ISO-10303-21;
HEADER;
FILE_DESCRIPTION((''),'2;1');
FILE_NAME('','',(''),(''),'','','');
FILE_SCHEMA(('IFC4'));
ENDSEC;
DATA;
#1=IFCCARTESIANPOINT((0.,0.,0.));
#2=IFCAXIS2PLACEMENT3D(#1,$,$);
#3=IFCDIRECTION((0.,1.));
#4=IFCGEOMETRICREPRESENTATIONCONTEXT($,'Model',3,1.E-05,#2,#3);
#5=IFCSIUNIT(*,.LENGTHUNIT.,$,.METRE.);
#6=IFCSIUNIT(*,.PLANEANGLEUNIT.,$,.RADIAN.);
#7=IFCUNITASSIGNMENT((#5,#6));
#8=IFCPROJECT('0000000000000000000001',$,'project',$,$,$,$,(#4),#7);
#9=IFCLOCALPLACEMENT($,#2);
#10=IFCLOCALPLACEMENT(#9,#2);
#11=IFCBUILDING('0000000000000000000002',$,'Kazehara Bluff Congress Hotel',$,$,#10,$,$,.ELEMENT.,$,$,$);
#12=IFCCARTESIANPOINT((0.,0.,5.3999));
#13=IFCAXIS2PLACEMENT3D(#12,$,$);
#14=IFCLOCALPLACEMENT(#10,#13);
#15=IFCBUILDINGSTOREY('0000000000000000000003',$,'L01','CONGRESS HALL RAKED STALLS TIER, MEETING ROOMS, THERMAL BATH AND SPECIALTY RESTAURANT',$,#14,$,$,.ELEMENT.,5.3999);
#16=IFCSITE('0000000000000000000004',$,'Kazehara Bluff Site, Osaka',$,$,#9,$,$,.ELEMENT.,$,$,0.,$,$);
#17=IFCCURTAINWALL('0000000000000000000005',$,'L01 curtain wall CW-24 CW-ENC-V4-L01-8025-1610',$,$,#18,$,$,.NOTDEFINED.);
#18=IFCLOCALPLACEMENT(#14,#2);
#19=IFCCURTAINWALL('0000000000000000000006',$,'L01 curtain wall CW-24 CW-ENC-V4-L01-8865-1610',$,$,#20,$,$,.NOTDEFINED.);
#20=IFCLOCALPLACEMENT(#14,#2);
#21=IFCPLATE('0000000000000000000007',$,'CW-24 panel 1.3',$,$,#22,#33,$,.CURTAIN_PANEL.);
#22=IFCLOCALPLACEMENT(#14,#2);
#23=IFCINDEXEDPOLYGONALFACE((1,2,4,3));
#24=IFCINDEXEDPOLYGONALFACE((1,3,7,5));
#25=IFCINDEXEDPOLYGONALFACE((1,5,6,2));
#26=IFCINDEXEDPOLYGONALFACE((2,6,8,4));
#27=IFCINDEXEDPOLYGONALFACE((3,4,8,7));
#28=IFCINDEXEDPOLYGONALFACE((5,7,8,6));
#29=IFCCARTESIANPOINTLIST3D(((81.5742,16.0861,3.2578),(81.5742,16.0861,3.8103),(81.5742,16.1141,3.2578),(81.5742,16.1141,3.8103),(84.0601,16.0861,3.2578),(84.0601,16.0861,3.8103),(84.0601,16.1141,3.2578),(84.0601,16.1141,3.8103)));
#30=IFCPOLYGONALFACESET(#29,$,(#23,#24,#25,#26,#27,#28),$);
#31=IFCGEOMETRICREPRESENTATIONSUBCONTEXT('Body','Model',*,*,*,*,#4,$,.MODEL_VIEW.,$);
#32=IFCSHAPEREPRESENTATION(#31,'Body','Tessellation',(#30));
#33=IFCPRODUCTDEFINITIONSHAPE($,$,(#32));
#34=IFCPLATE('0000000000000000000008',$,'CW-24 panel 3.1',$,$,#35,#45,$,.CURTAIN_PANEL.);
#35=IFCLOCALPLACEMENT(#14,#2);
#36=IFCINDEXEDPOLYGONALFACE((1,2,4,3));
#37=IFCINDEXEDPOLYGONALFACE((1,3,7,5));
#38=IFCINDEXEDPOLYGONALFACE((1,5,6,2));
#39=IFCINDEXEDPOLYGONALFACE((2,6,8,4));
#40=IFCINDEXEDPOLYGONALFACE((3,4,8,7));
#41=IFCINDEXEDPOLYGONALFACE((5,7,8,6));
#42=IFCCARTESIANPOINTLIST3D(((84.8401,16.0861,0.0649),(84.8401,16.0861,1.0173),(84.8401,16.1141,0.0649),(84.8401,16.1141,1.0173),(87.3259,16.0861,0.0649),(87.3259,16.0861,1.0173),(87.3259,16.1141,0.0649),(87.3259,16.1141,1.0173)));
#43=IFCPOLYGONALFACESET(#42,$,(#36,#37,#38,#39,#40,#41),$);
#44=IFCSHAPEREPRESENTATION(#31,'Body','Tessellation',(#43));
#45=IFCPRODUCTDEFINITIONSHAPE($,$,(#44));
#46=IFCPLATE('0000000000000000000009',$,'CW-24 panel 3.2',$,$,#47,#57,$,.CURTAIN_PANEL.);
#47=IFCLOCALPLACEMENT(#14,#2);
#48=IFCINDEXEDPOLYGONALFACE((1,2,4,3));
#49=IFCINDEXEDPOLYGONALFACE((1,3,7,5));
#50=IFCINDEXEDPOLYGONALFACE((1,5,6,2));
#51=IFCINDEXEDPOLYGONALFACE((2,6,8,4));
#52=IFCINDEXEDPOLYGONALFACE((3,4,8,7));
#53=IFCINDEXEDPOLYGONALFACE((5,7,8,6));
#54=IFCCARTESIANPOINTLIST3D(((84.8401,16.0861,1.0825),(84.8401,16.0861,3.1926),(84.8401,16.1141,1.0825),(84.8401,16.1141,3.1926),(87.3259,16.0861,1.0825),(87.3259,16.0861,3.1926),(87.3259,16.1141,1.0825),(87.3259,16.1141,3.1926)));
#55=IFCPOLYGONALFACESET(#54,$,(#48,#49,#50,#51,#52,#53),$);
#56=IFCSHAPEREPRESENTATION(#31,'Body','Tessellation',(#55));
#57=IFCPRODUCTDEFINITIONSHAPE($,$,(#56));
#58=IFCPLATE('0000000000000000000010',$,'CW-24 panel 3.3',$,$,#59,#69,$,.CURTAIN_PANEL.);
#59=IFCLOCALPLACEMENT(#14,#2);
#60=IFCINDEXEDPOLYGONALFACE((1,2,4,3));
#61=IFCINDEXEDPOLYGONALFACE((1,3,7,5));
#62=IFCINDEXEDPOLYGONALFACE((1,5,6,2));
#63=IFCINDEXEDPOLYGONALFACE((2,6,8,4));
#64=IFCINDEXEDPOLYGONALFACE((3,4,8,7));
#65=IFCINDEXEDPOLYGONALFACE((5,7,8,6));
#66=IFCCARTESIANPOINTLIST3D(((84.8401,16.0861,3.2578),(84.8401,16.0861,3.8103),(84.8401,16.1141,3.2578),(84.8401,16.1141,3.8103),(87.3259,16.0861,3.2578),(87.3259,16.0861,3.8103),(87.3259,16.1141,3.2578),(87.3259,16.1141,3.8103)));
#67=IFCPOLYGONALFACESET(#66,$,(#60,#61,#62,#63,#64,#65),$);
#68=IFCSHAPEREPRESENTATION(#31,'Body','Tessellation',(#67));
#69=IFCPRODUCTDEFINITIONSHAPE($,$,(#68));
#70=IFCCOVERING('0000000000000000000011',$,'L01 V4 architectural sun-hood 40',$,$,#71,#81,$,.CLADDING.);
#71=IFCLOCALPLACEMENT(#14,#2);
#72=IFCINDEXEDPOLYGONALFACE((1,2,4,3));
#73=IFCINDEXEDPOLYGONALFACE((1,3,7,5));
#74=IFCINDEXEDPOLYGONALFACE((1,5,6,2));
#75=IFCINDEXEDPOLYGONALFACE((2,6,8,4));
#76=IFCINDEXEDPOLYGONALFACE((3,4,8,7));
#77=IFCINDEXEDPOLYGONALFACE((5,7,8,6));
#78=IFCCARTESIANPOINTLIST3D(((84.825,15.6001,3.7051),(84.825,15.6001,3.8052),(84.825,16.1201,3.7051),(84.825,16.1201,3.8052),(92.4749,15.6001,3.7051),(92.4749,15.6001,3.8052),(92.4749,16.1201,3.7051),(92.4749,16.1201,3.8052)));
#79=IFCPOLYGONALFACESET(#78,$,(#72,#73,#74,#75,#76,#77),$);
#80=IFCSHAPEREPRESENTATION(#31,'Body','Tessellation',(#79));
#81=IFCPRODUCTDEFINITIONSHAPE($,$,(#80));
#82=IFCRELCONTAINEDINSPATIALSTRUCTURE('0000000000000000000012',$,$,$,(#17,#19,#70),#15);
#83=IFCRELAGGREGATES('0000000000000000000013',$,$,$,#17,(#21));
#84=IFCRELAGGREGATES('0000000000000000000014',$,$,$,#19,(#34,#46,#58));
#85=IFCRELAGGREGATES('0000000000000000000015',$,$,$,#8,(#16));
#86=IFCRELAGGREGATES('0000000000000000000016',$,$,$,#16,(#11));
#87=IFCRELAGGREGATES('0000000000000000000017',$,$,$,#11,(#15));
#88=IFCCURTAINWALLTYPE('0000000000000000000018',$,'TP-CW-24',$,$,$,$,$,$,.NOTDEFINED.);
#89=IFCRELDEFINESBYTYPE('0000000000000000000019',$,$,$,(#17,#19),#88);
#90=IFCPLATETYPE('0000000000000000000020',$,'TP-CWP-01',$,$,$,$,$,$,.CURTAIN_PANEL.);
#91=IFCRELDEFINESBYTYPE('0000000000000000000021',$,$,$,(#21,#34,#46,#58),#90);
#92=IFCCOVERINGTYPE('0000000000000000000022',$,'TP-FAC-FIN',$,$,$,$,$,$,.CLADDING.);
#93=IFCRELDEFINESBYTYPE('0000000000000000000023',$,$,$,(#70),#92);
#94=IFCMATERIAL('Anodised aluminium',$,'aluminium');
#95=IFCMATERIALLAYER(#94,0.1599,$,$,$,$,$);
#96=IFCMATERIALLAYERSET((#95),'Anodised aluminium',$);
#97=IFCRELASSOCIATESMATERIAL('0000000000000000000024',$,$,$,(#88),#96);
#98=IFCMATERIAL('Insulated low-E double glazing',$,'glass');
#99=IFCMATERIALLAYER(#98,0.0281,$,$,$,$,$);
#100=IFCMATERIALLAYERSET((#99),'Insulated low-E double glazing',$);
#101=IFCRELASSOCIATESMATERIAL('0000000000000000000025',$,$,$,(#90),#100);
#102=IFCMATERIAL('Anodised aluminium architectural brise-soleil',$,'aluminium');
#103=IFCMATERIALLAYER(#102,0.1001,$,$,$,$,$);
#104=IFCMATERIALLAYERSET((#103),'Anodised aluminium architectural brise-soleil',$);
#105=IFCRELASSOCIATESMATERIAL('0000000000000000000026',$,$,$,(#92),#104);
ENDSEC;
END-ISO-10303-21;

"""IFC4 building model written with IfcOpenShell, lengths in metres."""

from ifc_helpers import new_model, si_unit, direction, frame, origin, origin_2d, place, context, subcontext, project, spatial, rectangle, extrude, material, layer, layer_set, type_object, element, aggregate, save


model = new_model("IFC4")

# Units and contexts
model_context = context("Model", 3, precision=1e-05, world=origin(), true_north=direction((0.0, 1.0)))
body_context = subcontext(model_context, "Body", "Model", "MODEL_VIEW")
ifc_project = project(units=[si_unit("LENGTHUNIT", "METRE"), si_unit("PLANEANGLEUNIT", "RADIAN")], contexts=[model_context])

# Site, building, storey
site_placement = place(None, origin())
site = spatial("IfcSite", under=ifc_project, at=site_placement, Name="Kazehara Bluff Site, Osaka", CompositionType="ELEMENT", RefElevation=0.0)
building_placement = place(site_placement, origin())
building = spatial("IfcBuilding", under=site, at=building_placement, Name="Kazehara Bluff Congress Hotel", CompositionType="ELEMENT")
storey_placement = place(building_placement, frame((0.0, 0.0, 5.3999)))
storey = spatial("IfcBuildingStorey", under=building, at=storey_placement, Name="L01", Description="CONGRESS HALL RAKED STALLS TIER, MEETING ROOMS, THERMAL BATH AND SPECIALTY RESTAURANT", CompositionType="ELEMENT", Elevation=5.3999)

# Curtain walls
ifc_material_1 = material(Name="Anodised aluminium", Category="aluminium")
ifc_layer_1 = layer(ifc_material_1, 0.1599)
ifc_layer_set_1 = layer_set([ifc_layer_1], Name="Anodised aluminium")
curtain_wall_type = type_object("IfcCurtainWallType", Name="TP-CW-24", PredefinedType="NOTDEFINED", material=ifc_layer_set_1)
curtain_wall_1_placement = place(storey_placement, origin())
curtain_wall_1 = element("IfcCurtainWall", 1, at=curtain_wall_1_placement, inside=storey, type_object=curtain_wall_type, Name="L01 curtain wall CW-24 CW-ENC-V4-L01-8025-1610", PredefinedType="NOTDEFINED")
curtain_wall_2_placement = place(storey_placement, origin())
curtain_wall_2 = element("IfcCurtainWall", 2, at=curtain_wall_2_placement, inside=storey, type_object=curtain_wall_type, Name="L01 curtain wall CW-24 CW-ENC-V4-L01-8865-1610", PredefinedType="NOTDEFINED")

# Plates
ifc_material_2 = material(Name="Insulated low-E double glazing", Category="glass")
ifc_layer_2 = layer(ifc_material_2, 0.0281)
ifc_layer_set_2 = layer_set([ifc_layer_2], Name="Insulated low-E double glazing")
plate_type = type_object("IfcPlateType", Name="TP-CWP-01", PredefinedType="CURTAIN_PANEL", material=ifc_layer_set_2)
plate_1_placement = place(storey_placement, frame((82.8171, 16.1001, 3.2578), z_axis=(0.0, 0.0, 1.0), x_axis=(-1.0, 0.0, 0.0)))
plate_1 = element("IfcPlate", 3, at=plate_1_placement, type_object=plate_type, Name="CW-24 panel 1.3", PredefinedType="CURTAIN_PANEL", context=body_context, shape_type="SweptSolid", body=[
    extrude(rectangle(XDim=2.4858, YDim=0.0281, at=origin_2d()), origin(), (0.0, 0.0, 1.0), 0.5525),
])
aggregate(curtain_wall_1, [plate_1])
plate_2_placement = place(storey_placement, frame((86.083, 16.1001, 0.0649), z_axis=(0.0, 0.0, 1.0), x_axis=(-1.0, 0.0, 0.0)))
plate_2 = element("IfcPlate", 4, at=plate_2_placement, type_object=plate_type, Name="CW-24 panel 3.1", PredefinedType="CURTAIN_PANEL", context=body_context, shape_type="SweptSolid", body=[
    extrude(rectangle(XDim=2.4858, YDim=0.0281, at=origin_2d()), origin(), (0.0, 0.0, 1.0), 0.9524),
])
plate_3_placement = place(storey_placement, frame((86.083, 16.1001, 1.0825), z_axis=(0.0, 0.0, 1.0), x_axis=(-1.0, 0.0, 0.0)))
plate_3 = element("IfcPlate", 5, at=plate_3_placement, type_object=plate_type, Name="CW-24 panel 3.2", PredefinedType="CURTAIN_PANEL", context=body_context, shape_type="SweptSolid", body=[
    extrude(rectangle(XDim=2.4858, YDim=0.0281, at=origin_2d()), origin(), (0.0, 0.0, 1.0), 2.1101),
])
plate_4_placement = place(storey_placement, frame((86.083, 16.1001, 3.2578), z_axis=(0.0, 0.0, 1.0), x_axis=(-1.0, 0.0, 0.0)))
plate_4 = element("IfcPlate", 6, at=plate_4_placement, type_object=plate_type, Name="CW-24 panel 3.3", PredefinedType="CURTAIN_PANEL", context=body_context, shape_type="SweptSolid", body=[
    extrude(rectangle(XDim=2.4858, YDim=0.0281, at=origin_2d()), origin(), (0.0, 0.0, 1.0), 0.5525),
])
aggregate(curtain_wall_2, [plate_2, plate_3, plate_4])

# Covering
ifc_material_3 = material(Name="Anodised aluminium architectural brise-soleil", Category="aluminium")
ifc_layer_3 = layer(ifc_material_3, 0.1001)
ifc_layer_set_3 = layer_set([ifc_layer_3], Name="Anodised aluminium architectural brise-soleil")
covering_type = type_object("IfcCoveringType", Name="TP-FAC-FIN", PredefinedType="CLADDING", material=ifc_layer_set_3)
covering_placement = place(storey_placement, frame((88.6499, 15.8601, 3.7051), z_axis=(0.0, 0.0, 1.0), x_axis=(1.0, 0.0, 0.0)))
element("IfcCovering", 7, at=covering_placement, inside=storey, type_object=covering_type, Name="L01 V4 architectural sun-hood 40", PredefinedType="CLADDING", context=body_context, shape_type="SweptSolid", body=[
    extrude(rectangle(XDim=7.6499, YDim=0.52, at=origin_2d()), origin(), (0.0, 0.0, 1.0), 0.1001),
])

save(model, "model.ifc")
